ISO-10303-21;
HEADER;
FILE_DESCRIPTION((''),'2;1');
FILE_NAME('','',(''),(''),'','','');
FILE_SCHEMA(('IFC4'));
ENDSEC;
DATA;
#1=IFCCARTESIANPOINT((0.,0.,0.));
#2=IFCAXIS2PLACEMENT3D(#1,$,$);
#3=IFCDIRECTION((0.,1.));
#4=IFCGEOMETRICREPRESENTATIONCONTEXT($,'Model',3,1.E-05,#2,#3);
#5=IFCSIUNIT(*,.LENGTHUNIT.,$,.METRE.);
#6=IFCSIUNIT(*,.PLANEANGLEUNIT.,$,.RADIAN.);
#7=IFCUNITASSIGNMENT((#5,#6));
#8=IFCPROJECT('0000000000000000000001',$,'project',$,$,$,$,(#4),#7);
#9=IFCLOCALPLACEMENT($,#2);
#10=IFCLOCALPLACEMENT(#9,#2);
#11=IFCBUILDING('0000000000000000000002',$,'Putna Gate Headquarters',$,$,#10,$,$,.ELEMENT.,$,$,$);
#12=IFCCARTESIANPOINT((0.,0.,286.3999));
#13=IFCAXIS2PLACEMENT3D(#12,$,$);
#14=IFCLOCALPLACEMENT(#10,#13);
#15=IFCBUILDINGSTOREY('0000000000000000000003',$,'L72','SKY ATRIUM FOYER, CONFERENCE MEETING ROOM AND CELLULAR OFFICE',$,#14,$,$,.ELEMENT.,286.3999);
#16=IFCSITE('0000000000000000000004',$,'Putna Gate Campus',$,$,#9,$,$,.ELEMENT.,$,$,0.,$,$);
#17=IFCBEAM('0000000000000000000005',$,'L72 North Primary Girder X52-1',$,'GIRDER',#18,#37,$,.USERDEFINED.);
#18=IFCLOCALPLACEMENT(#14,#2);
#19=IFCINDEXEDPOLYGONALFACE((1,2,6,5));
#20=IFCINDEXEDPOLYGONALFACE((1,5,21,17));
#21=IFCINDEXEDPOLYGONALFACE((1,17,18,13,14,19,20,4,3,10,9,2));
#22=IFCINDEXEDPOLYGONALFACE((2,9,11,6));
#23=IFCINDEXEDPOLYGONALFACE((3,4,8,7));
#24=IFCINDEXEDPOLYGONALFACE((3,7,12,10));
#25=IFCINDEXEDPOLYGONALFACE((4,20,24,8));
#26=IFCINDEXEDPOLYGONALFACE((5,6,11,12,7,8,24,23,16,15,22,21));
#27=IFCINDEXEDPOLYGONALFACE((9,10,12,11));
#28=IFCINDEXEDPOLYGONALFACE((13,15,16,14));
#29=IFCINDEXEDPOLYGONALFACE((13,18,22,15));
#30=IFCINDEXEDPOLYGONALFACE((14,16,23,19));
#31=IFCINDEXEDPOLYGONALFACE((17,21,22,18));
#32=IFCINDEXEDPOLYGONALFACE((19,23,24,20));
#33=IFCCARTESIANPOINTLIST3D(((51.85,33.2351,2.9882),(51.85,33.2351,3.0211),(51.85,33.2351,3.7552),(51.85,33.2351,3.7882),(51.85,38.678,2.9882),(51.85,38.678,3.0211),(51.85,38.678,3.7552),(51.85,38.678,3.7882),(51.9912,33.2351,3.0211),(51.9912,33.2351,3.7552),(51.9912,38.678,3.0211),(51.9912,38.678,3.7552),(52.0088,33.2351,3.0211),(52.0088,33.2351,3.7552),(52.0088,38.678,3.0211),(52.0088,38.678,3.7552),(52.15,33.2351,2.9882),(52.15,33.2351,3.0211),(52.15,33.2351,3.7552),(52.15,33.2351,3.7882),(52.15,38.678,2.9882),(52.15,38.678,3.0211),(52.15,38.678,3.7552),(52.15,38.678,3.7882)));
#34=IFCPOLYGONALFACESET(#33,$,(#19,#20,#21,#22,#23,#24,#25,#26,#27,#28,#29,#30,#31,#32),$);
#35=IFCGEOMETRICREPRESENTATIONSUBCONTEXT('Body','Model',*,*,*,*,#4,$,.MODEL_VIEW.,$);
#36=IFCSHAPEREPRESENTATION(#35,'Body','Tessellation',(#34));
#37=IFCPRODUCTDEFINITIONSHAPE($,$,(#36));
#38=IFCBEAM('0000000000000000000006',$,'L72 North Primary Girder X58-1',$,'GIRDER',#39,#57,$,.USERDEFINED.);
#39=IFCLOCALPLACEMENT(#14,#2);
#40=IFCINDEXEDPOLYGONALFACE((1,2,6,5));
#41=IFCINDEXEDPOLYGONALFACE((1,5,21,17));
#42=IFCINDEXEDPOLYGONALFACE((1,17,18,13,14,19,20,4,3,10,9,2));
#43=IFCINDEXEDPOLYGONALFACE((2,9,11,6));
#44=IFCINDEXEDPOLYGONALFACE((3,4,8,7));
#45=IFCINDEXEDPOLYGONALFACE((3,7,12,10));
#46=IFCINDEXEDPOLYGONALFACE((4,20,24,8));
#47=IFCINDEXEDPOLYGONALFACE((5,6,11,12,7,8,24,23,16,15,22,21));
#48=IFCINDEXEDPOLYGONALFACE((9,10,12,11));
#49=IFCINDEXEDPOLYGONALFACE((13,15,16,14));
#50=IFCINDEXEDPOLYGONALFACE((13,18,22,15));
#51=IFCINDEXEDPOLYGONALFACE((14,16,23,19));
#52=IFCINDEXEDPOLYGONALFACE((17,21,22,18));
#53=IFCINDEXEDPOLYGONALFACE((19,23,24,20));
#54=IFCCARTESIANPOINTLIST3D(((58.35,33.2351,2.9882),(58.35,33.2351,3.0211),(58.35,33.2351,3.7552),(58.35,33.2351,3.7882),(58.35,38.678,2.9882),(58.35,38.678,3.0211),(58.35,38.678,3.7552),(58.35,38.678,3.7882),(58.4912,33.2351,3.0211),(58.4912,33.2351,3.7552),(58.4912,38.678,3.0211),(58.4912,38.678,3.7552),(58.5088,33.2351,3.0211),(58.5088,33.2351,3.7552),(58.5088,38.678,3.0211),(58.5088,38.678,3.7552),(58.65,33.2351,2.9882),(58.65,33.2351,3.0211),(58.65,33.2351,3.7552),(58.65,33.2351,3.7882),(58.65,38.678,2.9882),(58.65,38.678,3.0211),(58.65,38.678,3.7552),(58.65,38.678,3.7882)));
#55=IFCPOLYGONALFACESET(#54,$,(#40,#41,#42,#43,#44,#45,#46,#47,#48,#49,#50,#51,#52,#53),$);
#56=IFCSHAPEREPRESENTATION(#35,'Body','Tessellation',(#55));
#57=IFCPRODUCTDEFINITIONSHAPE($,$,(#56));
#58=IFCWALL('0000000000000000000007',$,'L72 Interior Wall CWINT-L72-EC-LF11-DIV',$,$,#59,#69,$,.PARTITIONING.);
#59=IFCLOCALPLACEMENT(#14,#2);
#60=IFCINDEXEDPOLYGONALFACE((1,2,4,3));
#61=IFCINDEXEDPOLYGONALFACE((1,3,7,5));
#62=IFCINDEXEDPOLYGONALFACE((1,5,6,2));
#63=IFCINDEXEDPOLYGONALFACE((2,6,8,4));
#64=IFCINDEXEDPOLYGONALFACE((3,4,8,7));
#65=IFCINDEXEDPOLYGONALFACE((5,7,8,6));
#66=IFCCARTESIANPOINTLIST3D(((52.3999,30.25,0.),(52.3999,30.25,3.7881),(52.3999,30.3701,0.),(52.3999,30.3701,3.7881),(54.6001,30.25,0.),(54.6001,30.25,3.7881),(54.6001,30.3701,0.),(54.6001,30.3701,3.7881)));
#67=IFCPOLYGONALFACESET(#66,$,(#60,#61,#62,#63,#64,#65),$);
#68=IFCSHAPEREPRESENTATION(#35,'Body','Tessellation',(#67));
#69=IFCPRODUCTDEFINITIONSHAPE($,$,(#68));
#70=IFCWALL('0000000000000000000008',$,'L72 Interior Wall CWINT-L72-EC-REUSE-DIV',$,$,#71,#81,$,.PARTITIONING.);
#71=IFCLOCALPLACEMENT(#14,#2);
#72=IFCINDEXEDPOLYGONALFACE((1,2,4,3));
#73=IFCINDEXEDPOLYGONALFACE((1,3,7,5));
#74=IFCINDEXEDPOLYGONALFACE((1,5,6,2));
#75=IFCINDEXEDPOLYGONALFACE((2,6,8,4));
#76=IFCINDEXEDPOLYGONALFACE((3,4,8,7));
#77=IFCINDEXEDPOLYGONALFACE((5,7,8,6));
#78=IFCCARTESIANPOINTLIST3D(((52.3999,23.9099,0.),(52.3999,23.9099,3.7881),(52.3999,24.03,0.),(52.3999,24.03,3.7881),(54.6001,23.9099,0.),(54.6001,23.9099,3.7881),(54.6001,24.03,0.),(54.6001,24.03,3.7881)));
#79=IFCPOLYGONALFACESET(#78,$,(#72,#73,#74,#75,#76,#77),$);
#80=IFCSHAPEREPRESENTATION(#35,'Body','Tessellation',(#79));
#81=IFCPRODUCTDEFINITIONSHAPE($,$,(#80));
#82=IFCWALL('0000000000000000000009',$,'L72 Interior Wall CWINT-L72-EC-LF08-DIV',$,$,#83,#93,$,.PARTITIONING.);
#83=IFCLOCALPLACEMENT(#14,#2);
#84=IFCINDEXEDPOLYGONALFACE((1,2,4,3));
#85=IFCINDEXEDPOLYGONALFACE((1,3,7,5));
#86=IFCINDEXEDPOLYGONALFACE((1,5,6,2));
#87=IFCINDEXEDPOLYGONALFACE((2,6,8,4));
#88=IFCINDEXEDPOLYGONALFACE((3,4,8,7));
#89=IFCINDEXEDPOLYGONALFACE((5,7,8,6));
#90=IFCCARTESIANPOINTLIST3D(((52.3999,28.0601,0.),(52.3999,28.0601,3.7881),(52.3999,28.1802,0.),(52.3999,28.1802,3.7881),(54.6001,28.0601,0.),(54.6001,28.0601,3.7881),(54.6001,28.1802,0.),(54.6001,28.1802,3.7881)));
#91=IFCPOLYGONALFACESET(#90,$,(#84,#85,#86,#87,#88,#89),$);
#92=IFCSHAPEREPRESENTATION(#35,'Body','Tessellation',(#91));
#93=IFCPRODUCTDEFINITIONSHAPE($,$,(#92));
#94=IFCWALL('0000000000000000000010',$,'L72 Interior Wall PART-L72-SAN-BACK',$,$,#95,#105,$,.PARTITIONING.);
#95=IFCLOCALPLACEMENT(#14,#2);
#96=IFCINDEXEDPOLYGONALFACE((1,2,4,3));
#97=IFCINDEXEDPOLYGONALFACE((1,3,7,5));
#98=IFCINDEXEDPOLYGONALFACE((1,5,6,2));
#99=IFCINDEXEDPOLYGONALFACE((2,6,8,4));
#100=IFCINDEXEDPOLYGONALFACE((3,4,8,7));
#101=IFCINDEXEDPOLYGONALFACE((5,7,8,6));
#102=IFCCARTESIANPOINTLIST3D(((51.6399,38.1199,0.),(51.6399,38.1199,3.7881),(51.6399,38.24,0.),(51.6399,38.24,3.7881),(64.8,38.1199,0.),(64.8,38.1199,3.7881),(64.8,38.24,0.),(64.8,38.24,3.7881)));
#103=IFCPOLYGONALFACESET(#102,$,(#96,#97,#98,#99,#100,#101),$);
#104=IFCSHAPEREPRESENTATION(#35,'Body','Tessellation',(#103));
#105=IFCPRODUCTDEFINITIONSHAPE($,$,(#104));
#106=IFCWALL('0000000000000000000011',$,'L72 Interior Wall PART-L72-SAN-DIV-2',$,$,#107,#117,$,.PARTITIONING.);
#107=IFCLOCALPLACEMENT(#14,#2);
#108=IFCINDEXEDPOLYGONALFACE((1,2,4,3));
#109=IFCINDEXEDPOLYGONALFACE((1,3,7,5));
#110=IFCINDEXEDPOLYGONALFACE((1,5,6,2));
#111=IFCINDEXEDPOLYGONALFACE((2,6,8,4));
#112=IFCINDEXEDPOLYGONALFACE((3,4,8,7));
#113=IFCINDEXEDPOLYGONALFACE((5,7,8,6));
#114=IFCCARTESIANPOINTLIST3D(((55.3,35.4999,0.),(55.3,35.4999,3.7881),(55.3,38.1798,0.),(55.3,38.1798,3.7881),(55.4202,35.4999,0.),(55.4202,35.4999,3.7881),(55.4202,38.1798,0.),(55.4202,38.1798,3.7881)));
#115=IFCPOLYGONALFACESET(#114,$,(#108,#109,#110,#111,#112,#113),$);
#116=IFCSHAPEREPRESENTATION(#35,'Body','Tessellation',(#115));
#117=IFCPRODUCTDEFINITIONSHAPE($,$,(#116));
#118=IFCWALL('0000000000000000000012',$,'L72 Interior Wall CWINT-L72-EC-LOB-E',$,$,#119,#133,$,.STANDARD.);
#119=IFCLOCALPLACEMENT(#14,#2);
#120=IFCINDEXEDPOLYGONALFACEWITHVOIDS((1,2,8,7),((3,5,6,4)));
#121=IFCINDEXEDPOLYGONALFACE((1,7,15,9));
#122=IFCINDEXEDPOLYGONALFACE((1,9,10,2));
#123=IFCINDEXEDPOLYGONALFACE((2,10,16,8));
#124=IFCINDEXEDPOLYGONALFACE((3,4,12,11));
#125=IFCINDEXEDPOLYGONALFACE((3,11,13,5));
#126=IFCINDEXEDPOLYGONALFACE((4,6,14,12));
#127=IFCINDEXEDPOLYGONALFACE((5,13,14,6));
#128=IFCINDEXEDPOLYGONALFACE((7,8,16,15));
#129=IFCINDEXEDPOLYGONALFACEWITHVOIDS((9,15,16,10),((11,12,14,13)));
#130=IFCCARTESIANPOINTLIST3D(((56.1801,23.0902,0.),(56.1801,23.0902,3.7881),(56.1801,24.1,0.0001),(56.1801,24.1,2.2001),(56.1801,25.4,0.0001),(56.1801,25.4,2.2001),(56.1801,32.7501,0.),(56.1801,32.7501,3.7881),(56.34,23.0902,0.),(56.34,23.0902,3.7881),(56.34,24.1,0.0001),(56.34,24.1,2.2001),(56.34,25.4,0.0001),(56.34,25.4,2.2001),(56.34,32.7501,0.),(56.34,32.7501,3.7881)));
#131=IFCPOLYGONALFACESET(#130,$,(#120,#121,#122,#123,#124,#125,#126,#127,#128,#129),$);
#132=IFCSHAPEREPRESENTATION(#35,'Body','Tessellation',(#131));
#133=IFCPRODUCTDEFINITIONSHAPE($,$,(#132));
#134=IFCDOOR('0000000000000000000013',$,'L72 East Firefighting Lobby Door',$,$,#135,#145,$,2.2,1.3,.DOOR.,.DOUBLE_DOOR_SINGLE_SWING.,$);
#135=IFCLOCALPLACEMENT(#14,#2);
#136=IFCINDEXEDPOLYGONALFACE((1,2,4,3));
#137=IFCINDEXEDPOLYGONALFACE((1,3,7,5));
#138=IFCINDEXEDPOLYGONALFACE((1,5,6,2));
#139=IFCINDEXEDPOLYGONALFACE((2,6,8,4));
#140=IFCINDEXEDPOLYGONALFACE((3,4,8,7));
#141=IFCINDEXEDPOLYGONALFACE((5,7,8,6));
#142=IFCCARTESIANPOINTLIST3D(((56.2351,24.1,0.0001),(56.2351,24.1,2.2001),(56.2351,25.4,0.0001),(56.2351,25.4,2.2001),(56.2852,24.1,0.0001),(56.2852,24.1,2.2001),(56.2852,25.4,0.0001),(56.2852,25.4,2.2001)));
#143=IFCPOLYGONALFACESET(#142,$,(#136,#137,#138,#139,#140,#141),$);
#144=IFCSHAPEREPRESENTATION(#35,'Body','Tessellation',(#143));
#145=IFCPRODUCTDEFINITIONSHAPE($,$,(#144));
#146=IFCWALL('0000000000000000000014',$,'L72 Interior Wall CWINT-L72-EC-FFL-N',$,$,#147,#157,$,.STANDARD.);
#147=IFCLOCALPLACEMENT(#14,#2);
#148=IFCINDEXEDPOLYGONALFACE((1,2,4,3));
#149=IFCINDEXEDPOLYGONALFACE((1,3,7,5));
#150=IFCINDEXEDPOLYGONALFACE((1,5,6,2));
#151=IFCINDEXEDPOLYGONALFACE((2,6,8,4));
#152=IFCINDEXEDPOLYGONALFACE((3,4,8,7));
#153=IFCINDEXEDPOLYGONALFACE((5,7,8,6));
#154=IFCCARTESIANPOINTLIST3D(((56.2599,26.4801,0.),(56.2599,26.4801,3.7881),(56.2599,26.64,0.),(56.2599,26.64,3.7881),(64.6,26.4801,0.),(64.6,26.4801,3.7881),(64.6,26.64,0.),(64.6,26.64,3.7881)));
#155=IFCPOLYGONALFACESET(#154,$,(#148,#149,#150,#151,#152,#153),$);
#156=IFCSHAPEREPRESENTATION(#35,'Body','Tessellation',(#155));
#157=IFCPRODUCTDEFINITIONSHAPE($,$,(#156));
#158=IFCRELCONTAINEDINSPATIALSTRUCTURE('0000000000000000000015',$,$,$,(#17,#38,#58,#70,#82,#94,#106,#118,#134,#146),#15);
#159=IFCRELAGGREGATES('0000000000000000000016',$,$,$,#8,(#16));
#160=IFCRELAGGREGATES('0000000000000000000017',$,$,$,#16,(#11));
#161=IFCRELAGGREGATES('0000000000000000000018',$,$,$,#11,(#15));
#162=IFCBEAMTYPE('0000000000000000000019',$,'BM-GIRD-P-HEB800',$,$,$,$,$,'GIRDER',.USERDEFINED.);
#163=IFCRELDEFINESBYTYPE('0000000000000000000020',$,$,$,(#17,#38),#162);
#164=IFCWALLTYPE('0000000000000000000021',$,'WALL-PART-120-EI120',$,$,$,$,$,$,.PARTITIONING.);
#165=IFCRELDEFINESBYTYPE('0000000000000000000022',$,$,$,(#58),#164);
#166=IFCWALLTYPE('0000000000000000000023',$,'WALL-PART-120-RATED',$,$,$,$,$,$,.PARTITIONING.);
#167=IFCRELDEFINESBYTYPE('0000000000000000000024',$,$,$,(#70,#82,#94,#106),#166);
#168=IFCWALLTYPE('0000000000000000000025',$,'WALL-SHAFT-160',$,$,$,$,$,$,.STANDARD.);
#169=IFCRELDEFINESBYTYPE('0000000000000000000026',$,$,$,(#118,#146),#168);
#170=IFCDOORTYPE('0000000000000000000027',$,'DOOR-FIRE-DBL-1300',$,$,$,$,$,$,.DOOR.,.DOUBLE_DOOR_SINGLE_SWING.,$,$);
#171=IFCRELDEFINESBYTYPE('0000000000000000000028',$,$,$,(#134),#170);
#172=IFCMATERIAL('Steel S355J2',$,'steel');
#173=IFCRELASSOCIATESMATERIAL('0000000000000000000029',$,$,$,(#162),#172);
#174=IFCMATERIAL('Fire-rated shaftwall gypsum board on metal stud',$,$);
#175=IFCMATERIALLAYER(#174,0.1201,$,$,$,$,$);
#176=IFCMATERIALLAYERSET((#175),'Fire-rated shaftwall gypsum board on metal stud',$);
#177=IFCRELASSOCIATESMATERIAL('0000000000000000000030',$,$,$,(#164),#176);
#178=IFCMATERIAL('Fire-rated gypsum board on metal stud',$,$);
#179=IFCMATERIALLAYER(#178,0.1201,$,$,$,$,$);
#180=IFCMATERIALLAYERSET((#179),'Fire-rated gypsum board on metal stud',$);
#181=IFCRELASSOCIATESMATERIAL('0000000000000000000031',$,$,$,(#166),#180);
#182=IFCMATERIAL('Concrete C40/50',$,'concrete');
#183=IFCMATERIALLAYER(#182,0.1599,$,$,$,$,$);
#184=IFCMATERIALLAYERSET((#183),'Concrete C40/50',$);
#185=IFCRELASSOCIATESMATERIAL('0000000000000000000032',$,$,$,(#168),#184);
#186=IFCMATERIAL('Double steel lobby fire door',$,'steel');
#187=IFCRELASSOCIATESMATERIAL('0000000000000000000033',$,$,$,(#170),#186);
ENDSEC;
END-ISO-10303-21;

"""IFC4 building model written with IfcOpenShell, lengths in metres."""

from ifc_helpers import new_model, si_unit, direction, frame, frame_2d, origin, origin_2d, place, context, subcontext, project, spatial, rectangle, i_section, extrude, material, layer, layer_set, material_profile, profile_set, type_object, element, fill, save


model = new_model("IFC4")

# Units and contexts
model_context = context("Model", 3, precision=1e-05, world=origin(), true_north=direction((0.0, 1.0)))
body_context = subcontext(model_context, "Body", "Model", "MODEL_VIEW")
ifc_project = project(units=[si_unit("LENGTHUNIT", "METRE"), si_unit("PLANEANGLEUNIT", "RADIAN")], contexts=[model_context])

# Site, building, storey
site_placement = place(None, origin())
site = spatial("IfcSite", under=ifc_project, at=site_placement, Name="Putna Gate Campus", CompositionType="ELEMENT", RefElevation=0.0)
building_placement = place(site_placement, origin())
building = spatial("IfcBuilding", under=site, at=building_placement, Name="Putna Gate Headquarters", CompositionType="ELEMENT")
storey_placement = place(building_placement, frame((0.0, 0.0, 286.3999)))
storey = spatial("IfcBuildingStorey", under=building, at=storey_placement, Name="L72", Description="SKY ATRIUM FOYER, CONFERENCE MEETING ROOM AND CELLULAR OFFICE", CompositionType="ELEMENT", Elevation=286.3999)

# Beams
ifc_material_1 = material(Name="Steel S355J2", Category="steel")
ifc_material_profile = material_profile(ifc_material_1, i_section(OverallWidth=0.3, OverallDepth=0.8, WebThickness=0.0176, FlangeThickness=0.033, at=origin_2d()), Name="Steel S355J2")
ifc_profile_set = profile_set([ifc_material_profile], Name="Steel S355J2")
beam_type = type_object("IfcBeamType", Name="BM-GIRD-P-HEB800", ElementType="GIRDER", PredefinedType="USERDEFINED", material=ifc_profile_set)
for number, where, z_axis, x_axis, name in (
    (1, (52.0, 33.2351, 3.3882), (0.0, 1.0, 0.0), (-1.0, 0.0, 0.0), "L72 North Primary Girder X52-1"),
    (2, (58.5, 33.2351, 3.3882), (0.0, 1.0, 0.0), (-1.0, 0.0, 0.0), "L72 North Primary Girder X58-1"),
):
    element("IfcBeam", number, at=place(storey_placement, frame(where, z_axis=z_axis, x_axis=x_axis)), inside=storey, type_object=beam_type, Name=name, ObjectType="GIRDER", PredefinedType="USERDEFINED", context=body_context, shape_type="SweptSolid", body=[
        extrude(i_section(OverallWidth=0.3, OverallDepth=0.8, WebThickness=0.0176, FlangeThickness=0.033, at=origin_2d()), origin(), (0.0, 0.0, 1.0), 5.4429),
    ])

# Walls
ifc_material_2 = material(Name="Fire-rated shaftwall gypsum board on metal stud")
ifc_layer_1 = layer(ifc_material_2, 0.1201)
ifc_layer_set_1 = layer_set([ifc_layer_1], Name="Fire-rated shaftwall gypsum board on metal stud")
wall_type_1 = type_object("IfcWallType", Name="WALL-PART-120-EI120", PredefinedType="PARTITIONING", material=ifc_layer_set_1)
wall_1_placement = place(storey_placement, frame((52.3999, 30.3101, 0.0), z_axis=(0.0, 0.0, 1.0), x_axis=(1.0, 0.0, 0.0)))
element("IfcWall", 3, at=wall_1_placement, inside=storey, type_object=wall_type_1, Name="L72 Interior Wall CWINT-L72-EC-LF11-DIV", PredefinedType="PARTITIONING", context=body_context, shape_type="SweptSolid", body=[
    extrude(rectangle(XDim=2.2002, YDim=0.1201, at=frame_2d((1.1001, 0.0))), origin(), (0.0, 0.0, 1.0), 3.7881),
])
ifc_material_3 = material(Name="Fire-rated gypsum board on metal stud")
ifc_layer_2 = layer(ifc_material_3, 0.1201)
ifc_layer_set_2 = layer_set([ifc_layer_2], Name="Fire-rated gypsum board on metal stud")
wall_type_2 = type_object("IfcWallType", Name="WALL-PART-120-RATED", PredefinedType="PARTITIONING", material=ifc_layer_set_2)
for number, where, z_axis, x_axis, name in (
    (4, (52.3999, 23.97, 0.0), (0.0, 0.0, 1.0), (1.0, 0.0, 0.0), "L72 Interior Wall CWINT-L72-EC-REUSE-DIV"),
    (5, (52.3999, 28.1201, 0.0), (0.0, 0.0, 1.0), (1.0, 0.0, 0.0), "L72 Interior Wall CWINT-L72-EC-LF08-DIV"),
):
    element("IfcWall", number, at=place(storey_placement, frame(where, z_axis=z_axis, x_axis=x_axis)), inside=storey, type_object=wall_type_2, Name=name, PredefinedType="PARTITIONING", context=body_context, shape_type="SweptSolid", body=[
        extrude(rectangle(XDim=2.2002, YDim=0.1201, at=frame_2d((1.1001, 0.0))), origin(), (0.0, 0.0, 1.0), 3.7881),
    ])
wall_2_placement = place(storey_placement, frame((51.6399, 38.1799, 0.0), z_axis=(0.0, 0.0, 1.0), x_axis=(1.0, 0.0, 0.0)))
element("IfcWall", 6, at=wall_2_placement, inside=storey, type_object=wall_type_2, Name="L72 Interior Wall PART-L72-SAN-BACK", PredefinedType="PARTITIONING", context=body_context, shape_type="SweptSolid", body=[
    extrude(rectangle(XDim=13.1602, YDim=0.1201, at=frame_2d((6.5801, 0.0))), origin(), (0.0, 0.0, 1.0), 3.7881),
])
wall_3_placement = place(storey_placement, frame((55.3601, 35.5, 0.0), z_axis=(0.0, 0.0, 1.0), x_axis=(0.0, 1.0, 0.0)))
element("IfcWall", 7, at=wall_3_placement, inside=storey, type_object=wall_type_2, Name="L72 Interior Wall PART-L72-SAN-DIV-2", PredefinedType="PARTITIONING", context=body_context, shape_type="SweptSolid", body=[
    extrude(rectangle(XDim=2.6799, YDim=0.1201, at=frame_2d((1.3398, 0.0))), origin(), (0.0, 0.0, 1.0), 3.7881),
])

# Wall, opening, door
ifc_material_4 = material(Name="Concrete C40/50", Category="concrete")
ifc_layer_3 = layer(ifc_material_4, 0.1599)
ifc_layer_set_3 = layer_set([ifc_layer_3], Name="Concrete C40/50")
wall_type_3 = type_object("IfcWallType", Name="WALL-SHAFT-160", PredefinedType="STANDARD", material=ifc_layer_set_3)
wall_4_placement = place(storey_placement, frame((56.26, 23.0901, 0.0), z_axis=(0.0, 0.0, 1.0), x_axis=(0.0, 1.0, 0.0)))
wall_4 = element("IfcWall", 8, at=wall_4_placement, inside=storey, type_object=wall_type_3, Name="L72 Interior Wall CWINT-L72-EC-LOB-E", PredefinedType="STANDARD", context=body_context, shape_type="SweptSolid", body=[
    extrude(rectangle(XDim=9.6599, YDim=0.1599, at=frame_2d((4.8301, 0.0))), origin(), (0.0, 0.0, 1.0), 3.7881),
])
opening_1_placement = place(wall_4_placement, frame((1.01, 0.0, 0.0)))
opening_1 = element("IfcOpeningElement", 9, at=opening_1_placement, cuts=wall_4, PredefinedType="OPENING", context=body_context, shape_type="SweptSolid", body=[
    extrude(rectangle(XDim=1.3, YDim=2.2, at=frame_2d((0.6499, 1.1001))), frame((0.0, 0.0898, 0.0), z_axis=(0.0, -1.0, 0.0), x_axis=(1.0, 0.0, 0.0)), (0.0, 0.0, 1.0), 0.1799),
])
ifc_material_5 = material(Name="Double steel lobby fire door", Category="steel")
door_type_1 = type_object("IfcDoorType", Name="DOOR-FIRE-DBL-1300", OperationType="DOUBLE_DOOR_SINGLE_SWING", PredefinedType="DOOR", material=ifc_material_5)
door_1_placement = place(opening_1_placement, origin())
door_1 = element("IfcDoor", 10, at=door_1_placement, inside=storey, type_object=door_type_1, Name="L72 East Firefighting Lobby Door", OperationType="DOUBLE_DOOR_SINGLE_SWING", OverallHeight=2.2, OverallWidth=1.3, PredefinedType="DOOR", context=body_context, shape_type="SweptSolid", body=[
    extrude(rectangle(XDim=1.3, YDim=2.2, at=frame_2d((0.6499, 1.1001))), frame((0.0, 0.0249, 0.0), z_axis=(0.0, -1.0, 0.0), x_axis=(1.0, 0.0, 0.0)), (0.0, 0.0, 1.0), 0.05),
])
fill(opening_1, door_1)

# Wall
wall_5_placement = place(storey_placement, frame((56.26, 26.5601, 0.0), z_axis=(0.0, 0.0, 1.0), x_axis=(1.0, 0.0, 0.0)))
element("IfcWall", 11, at=wall_5_placement, inside=storey, type_object=wall_type_3, Name="L72 Interior Wall CWINT-L72-EC-FFL-N", PredefinedType="STANDARD", context=body_context, shape_type="SweptSolid", body=[
    extrude(rectangle(XDim=8.3401, YDim=0.1599, at=frame_2d((4.1699, 0.0))), origin(), (0.0, 0.0, 1.0), 3.7881),
])

save(model, "model.ifc")
